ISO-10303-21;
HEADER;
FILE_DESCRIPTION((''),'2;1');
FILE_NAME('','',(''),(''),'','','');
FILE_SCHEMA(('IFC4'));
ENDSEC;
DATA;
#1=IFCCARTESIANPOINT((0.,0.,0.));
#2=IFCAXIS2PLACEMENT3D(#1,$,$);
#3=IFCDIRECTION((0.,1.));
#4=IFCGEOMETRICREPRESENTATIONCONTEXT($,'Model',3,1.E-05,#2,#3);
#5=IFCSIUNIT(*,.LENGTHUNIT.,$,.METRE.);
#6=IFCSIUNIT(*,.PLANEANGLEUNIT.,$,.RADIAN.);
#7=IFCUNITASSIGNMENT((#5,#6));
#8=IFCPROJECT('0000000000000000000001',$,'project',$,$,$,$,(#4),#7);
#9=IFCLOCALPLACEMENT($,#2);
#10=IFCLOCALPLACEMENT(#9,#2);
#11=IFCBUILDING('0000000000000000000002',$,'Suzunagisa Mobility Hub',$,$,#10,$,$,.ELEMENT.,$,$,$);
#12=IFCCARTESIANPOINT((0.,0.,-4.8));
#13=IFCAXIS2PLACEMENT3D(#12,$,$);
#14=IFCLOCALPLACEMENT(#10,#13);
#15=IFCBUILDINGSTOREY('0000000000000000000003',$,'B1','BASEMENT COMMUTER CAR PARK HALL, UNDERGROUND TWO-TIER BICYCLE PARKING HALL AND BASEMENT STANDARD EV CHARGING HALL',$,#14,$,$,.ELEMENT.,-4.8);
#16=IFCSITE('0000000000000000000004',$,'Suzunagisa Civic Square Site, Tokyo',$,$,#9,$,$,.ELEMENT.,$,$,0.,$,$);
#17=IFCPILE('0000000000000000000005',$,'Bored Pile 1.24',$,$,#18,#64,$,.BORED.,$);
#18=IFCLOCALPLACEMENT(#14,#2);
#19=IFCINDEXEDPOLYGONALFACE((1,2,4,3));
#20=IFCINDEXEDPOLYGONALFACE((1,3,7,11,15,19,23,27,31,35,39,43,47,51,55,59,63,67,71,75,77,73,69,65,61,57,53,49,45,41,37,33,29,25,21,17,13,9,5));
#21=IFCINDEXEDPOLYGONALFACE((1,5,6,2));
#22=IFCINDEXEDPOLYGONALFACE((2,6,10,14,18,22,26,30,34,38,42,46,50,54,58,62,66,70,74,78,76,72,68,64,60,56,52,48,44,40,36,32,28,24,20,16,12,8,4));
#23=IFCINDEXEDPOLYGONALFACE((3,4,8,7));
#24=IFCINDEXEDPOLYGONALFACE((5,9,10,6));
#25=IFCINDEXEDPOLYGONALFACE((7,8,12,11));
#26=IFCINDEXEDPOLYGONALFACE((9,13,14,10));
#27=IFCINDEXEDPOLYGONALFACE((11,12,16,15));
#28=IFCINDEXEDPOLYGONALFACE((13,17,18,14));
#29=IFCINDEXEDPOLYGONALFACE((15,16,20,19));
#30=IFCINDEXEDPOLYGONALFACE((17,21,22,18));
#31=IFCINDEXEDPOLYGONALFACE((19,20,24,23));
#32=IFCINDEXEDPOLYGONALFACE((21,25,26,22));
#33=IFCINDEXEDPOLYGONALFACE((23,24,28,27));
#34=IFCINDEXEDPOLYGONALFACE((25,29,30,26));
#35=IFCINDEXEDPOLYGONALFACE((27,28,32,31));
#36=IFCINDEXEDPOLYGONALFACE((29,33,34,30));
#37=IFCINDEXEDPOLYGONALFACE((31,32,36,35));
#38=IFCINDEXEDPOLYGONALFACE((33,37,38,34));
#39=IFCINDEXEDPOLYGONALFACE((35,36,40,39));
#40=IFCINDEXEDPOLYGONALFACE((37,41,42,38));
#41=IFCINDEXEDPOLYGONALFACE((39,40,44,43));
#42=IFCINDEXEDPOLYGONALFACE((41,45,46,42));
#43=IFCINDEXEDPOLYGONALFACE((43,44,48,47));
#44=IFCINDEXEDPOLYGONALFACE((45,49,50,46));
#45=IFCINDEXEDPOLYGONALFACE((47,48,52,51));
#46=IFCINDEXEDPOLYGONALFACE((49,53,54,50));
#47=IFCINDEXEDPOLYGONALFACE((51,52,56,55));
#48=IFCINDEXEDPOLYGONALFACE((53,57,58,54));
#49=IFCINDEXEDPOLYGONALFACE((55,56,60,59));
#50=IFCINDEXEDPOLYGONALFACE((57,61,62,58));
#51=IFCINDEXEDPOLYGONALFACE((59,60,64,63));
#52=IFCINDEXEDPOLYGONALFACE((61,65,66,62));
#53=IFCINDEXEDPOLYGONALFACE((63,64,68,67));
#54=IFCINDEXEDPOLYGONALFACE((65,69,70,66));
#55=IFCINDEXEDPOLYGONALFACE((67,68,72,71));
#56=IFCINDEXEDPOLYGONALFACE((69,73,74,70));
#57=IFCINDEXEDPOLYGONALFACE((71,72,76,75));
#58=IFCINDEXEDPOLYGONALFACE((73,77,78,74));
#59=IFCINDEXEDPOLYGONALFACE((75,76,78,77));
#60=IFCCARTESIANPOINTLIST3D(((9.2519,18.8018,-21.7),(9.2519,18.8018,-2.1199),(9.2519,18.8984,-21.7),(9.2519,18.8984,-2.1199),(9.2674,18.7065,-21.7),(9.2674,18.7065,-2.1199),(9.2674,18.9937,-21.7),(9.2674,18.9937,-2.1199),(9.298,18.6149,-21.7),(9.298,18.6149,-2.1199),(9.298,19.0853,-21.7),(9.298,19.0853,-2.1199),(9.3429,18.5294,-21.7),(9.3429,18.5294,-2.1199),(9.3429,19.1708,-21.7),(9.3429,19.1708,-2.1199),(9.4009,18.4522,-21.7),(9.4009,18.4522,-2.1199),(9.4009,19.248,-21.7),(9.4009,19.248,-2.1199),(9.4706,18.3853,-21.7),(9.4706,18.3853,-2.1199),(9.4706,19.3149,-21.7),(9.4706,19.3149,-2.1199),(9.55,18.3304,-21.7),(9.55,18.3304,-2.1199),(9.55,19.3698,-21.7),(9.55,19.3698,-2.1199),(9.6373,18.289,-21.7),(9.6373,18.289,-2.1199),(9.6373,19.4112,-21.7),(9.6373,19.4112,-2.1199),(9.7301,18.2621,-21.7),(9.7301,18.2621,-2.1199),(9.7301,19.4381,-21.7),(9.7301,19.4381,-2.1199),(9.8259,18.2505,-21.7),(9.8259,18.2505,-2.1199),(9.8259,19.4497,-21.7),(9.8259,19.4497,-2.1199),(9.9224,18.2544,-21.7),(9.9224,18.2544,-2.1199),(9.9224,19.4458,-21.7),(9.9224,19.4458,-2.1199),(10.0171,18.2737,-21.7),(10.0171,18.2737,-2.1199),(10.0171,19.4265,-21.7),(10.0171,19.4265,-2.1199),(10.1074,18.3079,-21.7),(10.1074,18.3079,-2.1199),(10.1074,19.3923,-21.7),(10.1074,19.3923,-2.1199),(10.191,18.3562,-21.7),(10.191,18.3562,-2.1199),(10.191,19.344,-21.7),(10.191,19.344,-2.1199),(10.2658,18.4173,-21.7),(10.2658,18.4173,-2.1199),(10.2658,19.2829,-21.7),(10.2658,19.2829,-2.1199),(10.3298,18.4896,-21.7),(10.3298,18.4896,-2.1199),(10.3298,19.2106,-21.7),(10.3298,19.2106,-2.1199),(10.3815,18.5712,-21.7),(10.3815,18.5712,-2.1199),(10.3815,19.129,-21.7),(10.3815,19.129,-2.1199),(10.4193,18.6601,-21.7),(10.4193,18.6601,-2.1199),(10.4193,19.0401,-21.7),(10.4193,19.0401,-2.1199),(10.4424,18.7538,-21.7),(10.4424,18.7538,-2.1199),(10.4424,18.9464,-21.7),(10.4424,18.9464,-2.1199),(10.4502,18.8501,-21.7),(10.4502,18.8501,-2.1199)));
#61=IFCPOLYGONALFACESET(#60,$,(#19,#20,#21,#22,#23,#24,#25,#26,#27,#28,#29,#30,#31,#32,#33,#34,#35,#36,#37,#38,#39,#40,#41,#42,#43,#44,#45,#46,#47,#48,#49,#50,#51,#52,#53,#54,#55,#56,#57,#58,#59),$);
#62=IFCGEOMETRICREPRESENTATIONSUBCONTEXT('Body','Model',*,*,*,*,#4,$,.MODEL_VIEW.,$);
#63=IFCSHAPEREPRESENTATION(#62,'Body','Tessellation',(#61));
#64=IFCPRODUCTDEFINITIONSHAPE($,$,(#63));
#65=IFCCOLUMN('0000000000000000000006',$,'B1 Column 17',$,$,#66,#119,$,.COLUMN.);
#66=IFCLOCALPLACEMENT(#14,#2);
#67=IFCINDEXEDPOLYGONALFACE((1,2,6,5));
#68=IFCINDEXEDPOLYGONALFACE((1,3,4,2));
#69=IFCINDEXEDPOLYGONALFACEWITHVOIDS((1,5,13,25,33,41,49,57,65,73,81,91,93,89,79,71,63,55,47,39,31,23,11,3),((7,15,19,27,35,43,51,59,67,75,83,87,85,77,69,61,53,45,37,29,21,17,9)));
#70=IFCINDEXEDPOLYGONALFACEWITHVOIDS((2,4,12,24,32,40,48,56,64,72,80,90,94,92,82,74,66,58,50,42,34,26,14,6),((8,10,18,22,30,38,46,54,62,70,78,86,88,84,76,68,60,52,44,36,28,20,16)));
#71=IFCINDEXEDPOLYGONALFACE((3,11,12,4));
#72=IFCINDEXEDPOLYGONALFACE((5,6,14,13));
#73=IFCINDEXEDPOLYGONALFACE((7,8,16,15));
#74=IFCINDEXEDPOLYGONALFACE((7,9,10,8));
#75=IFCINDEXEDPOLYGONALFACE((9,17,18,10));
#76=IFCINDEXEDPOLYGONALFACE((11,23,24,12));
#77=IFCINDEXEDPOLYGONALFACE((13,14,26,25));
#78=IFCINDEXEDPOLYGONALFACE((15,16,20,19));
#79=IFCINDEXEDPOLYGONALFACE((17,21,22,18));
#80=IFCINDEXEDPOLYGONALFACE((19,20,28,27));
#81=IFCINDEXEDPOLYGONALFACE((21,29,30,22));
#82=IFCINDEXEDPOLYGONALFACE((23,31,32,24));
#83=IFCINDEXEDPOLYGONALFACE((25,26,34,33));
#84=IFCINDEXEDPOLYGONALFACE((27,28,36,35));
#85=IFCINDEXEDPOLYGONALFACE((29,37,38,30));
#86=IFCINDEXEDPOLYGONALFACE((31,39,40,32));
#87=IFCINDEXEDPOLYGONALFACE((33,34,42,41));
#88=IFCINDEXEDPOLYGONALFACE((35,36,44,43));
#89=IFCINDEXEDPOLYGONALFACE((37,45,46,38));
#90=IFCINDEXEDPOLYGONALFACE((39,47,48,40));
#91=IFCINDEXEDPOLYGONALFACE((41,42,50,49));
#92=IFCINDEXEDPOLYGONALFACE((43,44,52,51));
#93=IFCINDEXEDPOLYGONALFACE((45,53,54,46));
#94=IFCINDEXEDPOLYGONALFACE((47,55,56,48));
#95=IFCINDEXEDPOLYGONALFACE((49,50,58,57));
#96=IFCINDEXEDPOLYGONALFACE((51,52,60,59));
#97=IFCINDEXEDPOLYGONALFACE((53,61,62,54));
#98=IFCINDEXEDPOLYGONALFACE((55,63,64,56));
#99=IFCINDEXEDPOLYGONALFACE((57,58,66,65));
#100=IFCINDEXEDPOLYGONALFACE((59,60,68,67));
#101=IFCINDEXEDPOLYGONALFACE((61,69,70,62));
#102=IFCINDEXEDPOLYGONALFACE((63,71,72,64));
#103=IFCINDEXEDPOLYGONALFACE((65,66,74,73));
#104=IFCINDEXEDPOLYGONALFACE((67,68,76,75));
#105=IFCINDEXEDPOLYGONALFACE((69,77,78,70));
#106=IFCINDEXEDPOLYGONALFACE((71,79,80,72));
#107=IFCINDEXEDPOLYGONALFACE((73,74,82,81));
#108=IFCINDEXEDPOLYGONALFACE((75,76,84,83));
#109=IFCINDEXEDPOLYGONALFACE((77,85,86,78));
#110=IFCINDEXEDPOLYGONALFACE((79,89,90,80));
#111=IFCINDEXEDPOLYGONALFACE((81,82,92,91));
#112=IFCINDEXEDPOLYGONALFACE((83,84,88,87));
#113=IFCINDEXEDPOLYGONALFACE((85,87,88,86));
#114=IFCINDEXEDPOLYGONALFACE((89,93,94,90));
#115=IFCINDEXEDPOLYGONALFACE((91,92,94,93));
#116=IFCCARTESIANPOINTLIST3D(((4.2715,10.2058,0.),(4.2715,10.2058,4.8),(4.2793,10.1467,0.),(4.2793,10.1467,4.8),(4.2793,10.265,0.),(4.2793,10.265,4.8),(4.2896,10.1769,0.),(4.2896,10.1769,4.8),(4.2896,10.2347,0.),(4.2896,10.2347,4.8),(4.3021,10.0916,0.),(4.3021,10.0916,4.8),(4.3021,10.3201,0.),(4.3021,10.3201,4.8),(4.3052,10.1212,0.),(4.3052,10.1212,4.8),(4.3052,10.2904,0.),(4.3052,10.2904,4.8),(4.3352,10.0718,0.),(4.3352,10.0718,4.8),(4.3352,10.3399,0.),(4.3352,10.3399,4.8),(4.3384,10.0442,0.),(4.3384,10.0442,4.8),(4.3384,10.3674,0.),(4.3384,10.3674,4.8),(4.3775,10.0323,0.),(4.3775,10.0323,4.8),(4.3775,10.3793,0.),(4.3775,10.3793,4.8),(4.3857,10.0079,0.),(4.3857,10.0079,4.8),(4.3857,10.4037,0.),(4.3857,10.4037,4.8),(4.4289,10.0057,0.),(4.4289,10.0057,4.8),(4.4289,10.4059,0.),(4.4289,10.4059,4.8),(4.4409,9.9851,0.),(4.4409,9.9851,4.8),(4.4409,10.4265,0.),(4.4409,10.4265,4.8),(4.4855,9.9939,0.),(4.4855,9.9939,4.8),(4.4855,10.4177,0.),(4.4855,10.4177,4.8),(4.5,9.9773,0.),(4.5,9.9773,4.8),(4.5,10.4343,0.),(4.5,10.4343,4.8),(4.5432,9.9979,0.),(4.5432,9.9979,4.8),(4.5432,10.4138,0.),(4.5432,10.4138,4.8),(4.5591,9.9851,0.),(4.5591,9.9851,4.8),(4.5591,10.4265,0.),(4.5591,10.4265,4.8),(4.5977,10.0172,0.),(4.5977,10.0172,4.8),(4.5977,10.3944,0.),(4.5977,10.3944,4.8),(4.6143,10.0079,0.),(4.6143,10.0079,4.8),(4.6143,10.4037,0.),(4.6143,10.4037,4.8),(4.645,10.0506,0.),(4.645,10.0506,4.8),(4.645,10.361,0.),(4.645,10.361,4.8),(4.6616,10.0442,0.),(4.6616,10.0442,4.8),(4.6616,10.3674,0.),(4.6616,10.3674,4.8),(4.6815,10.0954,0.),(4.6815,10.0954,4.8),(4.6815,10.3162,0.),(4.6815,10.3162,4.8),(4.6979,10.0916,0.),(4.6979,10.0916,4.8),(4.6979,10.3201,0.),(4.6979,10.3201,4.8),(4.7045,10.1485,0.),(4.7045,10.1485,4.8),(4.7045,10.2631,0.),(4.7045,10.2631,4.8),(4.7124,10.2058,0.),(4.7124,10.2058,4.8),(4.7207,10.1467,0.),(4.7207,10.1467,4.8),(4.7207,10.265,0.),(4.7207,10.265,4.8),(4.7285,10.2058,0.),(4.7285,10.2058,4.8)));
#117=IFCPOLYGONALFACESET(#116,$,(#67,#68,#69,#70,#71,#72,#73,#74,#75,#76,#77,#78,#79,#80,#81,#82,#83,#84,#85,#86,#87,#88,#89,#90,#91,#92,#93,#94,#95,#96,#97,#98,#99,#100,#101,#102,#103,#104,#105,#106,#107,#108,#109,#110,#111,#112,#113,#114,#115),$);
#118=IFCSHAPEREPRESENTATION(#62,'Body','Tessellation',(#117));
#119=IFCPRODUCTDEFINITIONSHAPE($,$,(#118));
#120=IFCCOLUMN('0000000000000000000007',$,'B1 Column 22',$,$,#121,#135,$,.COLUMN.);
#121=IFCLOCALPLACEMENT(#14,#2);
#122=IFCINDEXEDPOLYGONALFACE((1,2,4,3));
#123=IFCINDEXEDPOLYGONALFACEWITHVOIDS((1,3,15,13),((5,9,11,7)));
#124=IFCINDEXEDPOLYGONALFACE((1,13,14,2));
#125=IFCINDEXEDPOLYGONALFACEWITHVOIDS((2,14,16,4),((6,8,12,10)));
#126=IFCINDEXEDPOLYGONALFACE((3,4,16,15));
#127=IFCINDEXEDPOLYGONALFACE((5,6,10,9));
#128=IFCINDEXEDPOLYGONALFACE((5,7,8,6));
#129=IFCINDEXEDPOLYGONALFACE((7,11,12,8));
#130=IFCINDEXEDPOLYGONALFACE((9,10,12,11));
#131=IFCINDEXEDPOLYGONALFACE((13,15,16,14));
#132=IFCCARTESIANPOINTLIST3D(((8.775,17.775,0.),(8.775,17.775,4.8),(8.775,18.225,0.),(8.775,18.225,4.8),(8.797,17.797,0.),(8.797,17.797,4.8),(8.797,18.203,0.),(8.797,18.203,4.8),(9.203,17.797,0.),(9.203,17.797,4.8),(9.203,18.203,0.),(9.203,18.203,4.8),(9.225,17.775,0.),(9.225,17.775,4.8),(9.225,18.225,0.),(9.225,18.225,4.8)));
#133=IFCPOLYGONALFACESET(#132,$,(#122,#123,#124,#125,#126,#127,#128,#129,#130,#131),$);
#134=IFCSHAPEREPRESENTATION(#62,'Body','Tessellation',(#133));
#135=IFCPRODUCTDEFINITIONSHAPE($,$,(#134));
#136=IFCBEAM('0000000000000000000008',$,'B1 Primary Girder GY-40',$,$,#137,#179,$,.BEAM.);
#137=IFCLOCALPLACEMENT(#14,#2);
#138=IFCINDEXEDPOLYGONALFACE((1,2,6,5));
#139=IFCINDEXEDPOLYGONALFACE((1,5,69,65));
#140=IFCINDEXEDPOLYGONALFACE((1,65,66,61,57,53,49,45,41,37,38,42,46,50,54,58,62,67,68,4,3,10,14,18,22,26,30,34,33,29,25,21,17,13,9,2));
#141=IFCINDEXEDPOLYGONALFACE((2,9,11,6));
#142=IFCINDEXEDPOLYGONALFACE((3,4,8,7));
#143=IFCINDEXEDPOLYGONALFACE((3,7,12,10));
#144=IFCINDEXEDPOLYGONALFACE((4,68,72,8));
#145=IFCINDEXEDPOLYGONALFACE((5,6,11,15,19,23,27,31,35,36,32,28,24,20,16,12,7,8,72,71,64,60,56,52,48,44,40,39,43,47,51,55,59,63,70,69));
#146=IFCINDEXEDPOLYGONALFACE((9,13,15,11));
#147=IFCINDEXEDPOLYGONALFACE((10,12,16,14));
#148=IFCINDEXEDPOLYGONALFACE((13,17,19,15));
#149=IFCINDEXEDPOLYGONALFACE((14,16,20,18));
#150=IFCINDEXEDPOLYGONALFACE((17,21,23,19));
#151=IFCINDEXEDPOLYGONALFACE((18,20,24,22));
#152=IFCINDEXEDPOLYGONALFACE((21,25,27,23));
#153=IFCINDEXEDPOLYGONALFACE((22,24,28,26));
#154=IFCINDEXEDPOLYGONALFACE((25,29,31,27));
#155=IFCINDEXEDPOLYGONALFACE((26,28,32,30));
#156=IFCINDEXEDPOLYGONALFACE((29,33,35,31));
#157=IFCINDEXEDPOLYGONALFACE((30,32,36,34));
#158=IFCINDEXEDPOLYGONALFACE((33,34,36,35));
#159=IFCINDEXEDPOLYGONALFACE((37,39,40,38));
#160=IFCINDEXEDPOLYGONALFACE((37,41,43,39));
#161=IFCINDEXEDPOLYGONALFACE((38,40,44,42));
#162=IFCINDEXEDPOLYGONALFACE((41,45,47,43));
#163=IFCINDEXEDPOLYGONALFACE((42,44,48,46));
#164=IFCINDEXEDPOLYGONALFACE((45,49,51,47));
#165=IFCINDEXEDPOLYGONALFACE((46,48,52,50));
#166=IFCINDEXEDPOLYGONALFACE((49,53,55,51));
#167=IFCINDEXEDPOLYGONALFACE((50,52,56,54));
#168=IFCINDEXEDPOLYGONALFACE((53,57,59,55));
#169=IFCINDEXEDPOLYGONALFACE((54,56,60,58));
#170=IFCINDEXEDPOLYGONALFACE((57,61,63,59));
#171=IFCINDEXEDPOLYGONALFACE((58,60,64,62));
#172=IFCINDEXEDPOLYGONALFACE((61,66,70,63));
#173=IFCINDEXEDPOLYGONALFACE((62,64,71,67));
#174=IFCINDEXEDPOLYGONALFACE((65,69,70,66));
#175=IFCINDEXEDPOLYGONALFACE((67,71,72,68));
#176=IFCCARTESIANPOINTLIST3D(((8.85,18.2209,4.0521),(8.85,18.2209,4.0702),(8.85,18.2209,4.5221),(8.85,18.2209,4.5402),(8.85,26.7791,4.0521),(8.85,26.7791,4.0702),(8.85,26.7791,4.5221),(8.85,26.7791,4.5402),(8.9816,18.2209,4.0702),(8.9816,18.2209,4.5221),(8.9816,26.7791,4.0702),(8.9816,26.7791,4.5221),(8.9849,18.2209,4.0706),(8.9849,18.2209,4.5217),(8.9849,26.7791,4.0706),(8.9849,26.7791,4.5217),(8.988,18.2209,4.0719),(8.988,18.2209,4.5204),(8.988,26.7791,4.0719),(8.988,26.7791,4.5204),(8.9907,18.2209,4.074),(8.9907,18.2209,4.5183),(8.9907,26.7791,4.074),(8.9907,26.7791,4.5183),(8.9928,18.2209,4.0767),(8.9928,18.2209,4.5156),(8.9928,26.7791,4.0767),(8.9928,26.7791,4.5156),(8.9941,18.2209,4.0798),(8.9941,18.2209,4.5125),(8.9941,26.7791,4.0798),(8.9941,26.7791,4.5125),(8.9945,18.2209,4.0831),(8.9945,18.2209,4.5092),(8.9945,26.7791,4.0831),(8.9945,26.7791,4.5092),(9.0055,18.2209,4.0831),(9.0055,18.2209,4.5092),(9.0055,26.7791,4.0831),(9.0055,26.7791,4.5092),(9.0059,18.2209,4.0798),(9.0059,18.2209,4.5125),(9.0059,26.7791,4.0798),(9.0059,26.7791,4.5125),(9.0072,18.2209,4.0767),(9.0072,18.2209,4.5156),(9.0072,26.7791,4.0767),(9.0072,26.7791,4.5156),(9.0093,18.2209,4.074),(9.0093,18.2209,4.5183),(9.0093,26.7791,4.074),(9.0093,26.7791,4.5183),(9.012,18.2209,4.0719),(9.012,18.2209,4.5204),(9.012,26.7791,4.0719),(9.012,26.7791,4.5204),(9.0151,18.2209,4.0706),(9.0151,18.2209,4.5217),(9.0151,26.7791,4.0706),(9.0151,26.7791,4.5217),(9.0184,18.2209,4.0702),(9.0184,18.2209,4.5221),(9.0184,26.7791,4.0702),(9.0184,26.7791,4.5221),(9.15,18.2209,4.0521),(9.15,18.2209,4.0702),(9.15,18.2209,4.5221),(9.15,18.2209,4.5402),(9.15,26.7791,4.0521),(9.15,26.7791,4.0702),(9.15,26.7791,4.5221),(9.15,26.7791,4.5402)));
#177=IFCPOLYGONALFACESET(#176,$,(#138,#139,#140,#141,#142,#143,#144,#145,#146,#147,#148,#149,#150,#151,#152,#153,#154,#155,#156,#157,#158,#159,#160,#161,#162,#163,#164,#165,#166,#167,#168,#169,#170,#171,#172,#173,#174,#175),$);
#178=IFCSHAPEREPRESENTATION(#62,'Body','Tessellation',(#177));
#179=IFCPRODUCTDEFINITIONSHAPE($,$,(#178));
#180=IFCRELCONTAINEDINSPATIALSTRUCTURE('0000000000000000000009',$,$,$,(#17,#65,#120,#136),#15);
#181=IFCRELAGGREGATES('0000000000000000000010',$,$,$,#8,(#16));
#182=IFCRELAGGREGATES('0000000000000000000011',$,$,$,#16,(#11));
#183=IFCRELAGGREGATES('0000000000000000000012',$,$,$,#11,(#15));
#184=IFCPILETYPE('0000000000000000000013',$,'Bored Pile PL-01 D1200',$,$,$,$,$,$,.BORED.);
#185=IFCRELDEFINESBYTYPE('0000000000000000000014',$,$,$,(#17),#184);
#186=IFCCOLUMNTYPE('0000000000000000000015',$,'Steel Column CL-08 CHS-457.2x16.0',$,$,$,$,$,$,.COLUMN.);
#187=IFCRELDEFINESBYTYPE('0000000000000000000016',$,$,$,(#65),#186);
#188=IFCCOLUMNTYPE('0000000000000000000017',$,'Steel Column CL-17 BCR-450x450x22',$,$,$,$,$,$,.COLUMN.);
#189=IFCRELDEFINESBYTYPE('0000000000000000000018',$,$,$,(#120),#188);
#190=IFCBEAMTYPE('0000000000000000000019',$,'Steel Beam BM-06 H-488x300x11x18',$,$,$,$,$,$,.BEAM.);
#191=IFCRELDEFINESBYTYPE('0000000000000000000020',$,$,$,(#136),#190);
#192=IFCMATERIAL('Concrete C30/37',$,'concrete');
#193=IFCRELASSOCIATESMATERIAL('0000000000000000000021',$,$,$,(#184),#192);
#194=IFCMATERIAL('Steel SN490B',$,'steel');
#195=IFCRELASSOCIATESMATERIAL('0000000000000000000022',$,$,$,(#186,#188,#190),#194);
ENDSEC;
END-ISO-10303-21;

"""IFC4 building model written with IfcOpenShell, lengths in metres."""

from ifc_helpers import new_model, si_unit, direction, frame, origin, origin_2d, place, context, subcontext, project, spatial, hollow_rectangle, circle, hollow_circle, i_section, extrude, material, material_profile, profile_set, type_object, element, save


model = new_model("IFC4")

# Units and contexts
model_context = context("Model", 3, precision=1e-05, world=origin(), true_north=direction((0.0, 1.0)))
body_context = subcontext(model_context, "Body", "Model", "MODEL_VIEW")
ifc_project = project(units=[si_unit("LENGTHUNIT", "METRE"), si_unit("PLANEANGLEUNIT", "RADIAN")], contexts=[model_context])

# Site, building, storey
site_placement = place(None, origin())
site = spatial("IfcSite", under=ifc_project, at=site_placement, Name="Suzunagisa Civic Square Site, Tokyo", CompositionType="ELEMENT", RefElevation=0.0)
building_placement = place(site_placement, origin())
building = spatial("IfcBuilding", under=site, at=building_placement, Name="Suzunagisa Mobility Hub", CompositionType="ELEMENT")
storey_placement = place(building_placement, frame((0.0, 0.0, -4.8)))
storey = spatial("IfcBuildingStorey", under=building, at=storey_placement, Name="B1", Description="BASEMENT COMMUTER CAR PARK HALL, UNDERGROUND TWO-TIER BICYCLE PARKING HALL AND BASEMENT STANDARD EV CHARGING HALL", CompositionType="ELEMENT", Elevation=-4.8)

# Pile
ifc_material_1 = material(Name="Concrete C30/37", Category="concrete")
ifc_material_profile_1 = material_profile(ifc_material_1, circle(Radius=0.6001, at=origin_2d()), Name="BORED PILE D1200")
ifc_profile_set_1 = profile_set([ifc_material_profile_1], Name="Concrete C30/37")
pile_type = type_object("IfcPileType", Name="Bored Pile PL-01 D1200", PredefinedType="BORED", material=ifc_profile_set_1)
for number, where, z_axis, x_axis, name in (
    (1, (9.8501, 18.8501, -2.1199), (0.0, 0.0, -1.0), (1.0, 0.0, 0.0), "Bored Pile 1.24"),
):
    element("IfcPile", number, at=place(storey_placement, frame(where, z_axis=z_axis, x_axis=x_axis)), inside=storey, type_object=pile_type, Name=name, PredefinedType="BORED", context=body_context, shape_type="SweptSolid", body=[
        extrude(circle(Radius=0.6001, at=origin_2d()), origin(), (0.0, 0.0, 1.0), 19.5801),
    ])

# Columns
ifc_material_2 = material(Name="Steel SN490B", Category="steel")
ifc_material_profile_2 = material_profile(ifc_material_2, hollow_circle(Radius=0.2285, WallThickness=0.0161, at=origin_2d()), Name="CHS-457.2x16.0")
ifc_profile_set_2 = profile_set([ifc_material_profile_2], Name="Steel SN490B")
column_type_1 = type_object("IfcColumnType", Name="Steel Column CL-08 CHS-457.2x16.0", PredefinedType="COLUMN", material=ifc_profile_set_2)
column_1_placement = place(storey_placement, frame((4.5, 10.2058, 0.0), z_axis=(0.0, 0.0, 1.0), x_axis=(1.0, 0.0, 0.0)))
element("IfcColumn", 2, at=column_1_placement, inside=storey, type_object=column_type_1, Name="B1 Column 17", PredefinedType="COLUMN", context=body_context, shape_type="SweptSolid", body=[
    extrude(hollow_circle(Radius=0.2285, WallThickness=0.0161, at=origin_2d()), origin(), (0.0, 0.0, 1.0), 4.8),
])
ifc_material_profile_3 = material_profile(ifc_material_2, hollow_rectangle(XDim=0.45, YDim=0.45, WallThickness=0.022, at=origin_2d()), Name="BCR-450x450x22")
ifc_profile_set_3 = profile_set([ifc_material_profile_3], Name="Steel SN490B")
column_type_2 = type_object("IfcColumnType", Name="Steel Column CL-17 BCR-450x450x22", PredefinedType="COLUMN", material=ifc_profile_set_3)
column_2_placement = place(storey_placement, frame((9.0, 18.0, 0.0), z_axis=(0.0, 0.0, 1.0), x_axis=(1.0, 0.0, 0.0)))
element("IfcColumn", 3, at=column_2_placement, inside=storey, type_object=column_type_2, Name="B1 Column 22", PredefinedType="COLUMN", context=body_context, shape_type="SweptSolid", body=[
    extrude(hollow_rectangle(XDim=0.45, YDim=0.45, WallThickness=0.022, at=origin_2d()), origin(), (0.0, 0.0, 1.0), 4.8),
])

# Beam
ifc_material_profile_4 = material_profile(ifc_material_2, i_section(OverallWidth=0.3, OverallDepth=0.488, WebThickness=0.011, FlangeThickness=0.0181, FilletRadius=0.0129, at=origin_2d()), Name="H-488x300x11x18")
ifc_profile_set_4 = profile_set([ifc_material_profile_4], Name="Steel SN490B")
beam_type_1 = type_object("IfcBeamType", Name="Steel Beam BM-06 H-488x300x11x18", PredefinedType="BEAM", material=ifc_profile_set_4)
beam_1_placement = place(storey_placement, frame((9.0, 18.2209, 4.2961), z_axis=(0.0, 1.0, 0.0), x_axis=(-1.0, 0.0, 0.0)))
element("IfcBeam", 4, at=beam_1_placement, inside=storey, type_object=beam_type_1, Name="B1 Primary Girder GY-40", PredefinedType="BEAM", context=body_context, shape_type="SweptSolid", body=[
    extrude(i_section(OverallWidth=0.3, OverallDepth=0.488, WebThickness=0.011, FlangeThickness=0.0181, FilletRadius=0.0129, at=origin_2d()), origin(), (0.0, 0.0, 1.0), 8.5581),
])

save(model, "model.ifc")
